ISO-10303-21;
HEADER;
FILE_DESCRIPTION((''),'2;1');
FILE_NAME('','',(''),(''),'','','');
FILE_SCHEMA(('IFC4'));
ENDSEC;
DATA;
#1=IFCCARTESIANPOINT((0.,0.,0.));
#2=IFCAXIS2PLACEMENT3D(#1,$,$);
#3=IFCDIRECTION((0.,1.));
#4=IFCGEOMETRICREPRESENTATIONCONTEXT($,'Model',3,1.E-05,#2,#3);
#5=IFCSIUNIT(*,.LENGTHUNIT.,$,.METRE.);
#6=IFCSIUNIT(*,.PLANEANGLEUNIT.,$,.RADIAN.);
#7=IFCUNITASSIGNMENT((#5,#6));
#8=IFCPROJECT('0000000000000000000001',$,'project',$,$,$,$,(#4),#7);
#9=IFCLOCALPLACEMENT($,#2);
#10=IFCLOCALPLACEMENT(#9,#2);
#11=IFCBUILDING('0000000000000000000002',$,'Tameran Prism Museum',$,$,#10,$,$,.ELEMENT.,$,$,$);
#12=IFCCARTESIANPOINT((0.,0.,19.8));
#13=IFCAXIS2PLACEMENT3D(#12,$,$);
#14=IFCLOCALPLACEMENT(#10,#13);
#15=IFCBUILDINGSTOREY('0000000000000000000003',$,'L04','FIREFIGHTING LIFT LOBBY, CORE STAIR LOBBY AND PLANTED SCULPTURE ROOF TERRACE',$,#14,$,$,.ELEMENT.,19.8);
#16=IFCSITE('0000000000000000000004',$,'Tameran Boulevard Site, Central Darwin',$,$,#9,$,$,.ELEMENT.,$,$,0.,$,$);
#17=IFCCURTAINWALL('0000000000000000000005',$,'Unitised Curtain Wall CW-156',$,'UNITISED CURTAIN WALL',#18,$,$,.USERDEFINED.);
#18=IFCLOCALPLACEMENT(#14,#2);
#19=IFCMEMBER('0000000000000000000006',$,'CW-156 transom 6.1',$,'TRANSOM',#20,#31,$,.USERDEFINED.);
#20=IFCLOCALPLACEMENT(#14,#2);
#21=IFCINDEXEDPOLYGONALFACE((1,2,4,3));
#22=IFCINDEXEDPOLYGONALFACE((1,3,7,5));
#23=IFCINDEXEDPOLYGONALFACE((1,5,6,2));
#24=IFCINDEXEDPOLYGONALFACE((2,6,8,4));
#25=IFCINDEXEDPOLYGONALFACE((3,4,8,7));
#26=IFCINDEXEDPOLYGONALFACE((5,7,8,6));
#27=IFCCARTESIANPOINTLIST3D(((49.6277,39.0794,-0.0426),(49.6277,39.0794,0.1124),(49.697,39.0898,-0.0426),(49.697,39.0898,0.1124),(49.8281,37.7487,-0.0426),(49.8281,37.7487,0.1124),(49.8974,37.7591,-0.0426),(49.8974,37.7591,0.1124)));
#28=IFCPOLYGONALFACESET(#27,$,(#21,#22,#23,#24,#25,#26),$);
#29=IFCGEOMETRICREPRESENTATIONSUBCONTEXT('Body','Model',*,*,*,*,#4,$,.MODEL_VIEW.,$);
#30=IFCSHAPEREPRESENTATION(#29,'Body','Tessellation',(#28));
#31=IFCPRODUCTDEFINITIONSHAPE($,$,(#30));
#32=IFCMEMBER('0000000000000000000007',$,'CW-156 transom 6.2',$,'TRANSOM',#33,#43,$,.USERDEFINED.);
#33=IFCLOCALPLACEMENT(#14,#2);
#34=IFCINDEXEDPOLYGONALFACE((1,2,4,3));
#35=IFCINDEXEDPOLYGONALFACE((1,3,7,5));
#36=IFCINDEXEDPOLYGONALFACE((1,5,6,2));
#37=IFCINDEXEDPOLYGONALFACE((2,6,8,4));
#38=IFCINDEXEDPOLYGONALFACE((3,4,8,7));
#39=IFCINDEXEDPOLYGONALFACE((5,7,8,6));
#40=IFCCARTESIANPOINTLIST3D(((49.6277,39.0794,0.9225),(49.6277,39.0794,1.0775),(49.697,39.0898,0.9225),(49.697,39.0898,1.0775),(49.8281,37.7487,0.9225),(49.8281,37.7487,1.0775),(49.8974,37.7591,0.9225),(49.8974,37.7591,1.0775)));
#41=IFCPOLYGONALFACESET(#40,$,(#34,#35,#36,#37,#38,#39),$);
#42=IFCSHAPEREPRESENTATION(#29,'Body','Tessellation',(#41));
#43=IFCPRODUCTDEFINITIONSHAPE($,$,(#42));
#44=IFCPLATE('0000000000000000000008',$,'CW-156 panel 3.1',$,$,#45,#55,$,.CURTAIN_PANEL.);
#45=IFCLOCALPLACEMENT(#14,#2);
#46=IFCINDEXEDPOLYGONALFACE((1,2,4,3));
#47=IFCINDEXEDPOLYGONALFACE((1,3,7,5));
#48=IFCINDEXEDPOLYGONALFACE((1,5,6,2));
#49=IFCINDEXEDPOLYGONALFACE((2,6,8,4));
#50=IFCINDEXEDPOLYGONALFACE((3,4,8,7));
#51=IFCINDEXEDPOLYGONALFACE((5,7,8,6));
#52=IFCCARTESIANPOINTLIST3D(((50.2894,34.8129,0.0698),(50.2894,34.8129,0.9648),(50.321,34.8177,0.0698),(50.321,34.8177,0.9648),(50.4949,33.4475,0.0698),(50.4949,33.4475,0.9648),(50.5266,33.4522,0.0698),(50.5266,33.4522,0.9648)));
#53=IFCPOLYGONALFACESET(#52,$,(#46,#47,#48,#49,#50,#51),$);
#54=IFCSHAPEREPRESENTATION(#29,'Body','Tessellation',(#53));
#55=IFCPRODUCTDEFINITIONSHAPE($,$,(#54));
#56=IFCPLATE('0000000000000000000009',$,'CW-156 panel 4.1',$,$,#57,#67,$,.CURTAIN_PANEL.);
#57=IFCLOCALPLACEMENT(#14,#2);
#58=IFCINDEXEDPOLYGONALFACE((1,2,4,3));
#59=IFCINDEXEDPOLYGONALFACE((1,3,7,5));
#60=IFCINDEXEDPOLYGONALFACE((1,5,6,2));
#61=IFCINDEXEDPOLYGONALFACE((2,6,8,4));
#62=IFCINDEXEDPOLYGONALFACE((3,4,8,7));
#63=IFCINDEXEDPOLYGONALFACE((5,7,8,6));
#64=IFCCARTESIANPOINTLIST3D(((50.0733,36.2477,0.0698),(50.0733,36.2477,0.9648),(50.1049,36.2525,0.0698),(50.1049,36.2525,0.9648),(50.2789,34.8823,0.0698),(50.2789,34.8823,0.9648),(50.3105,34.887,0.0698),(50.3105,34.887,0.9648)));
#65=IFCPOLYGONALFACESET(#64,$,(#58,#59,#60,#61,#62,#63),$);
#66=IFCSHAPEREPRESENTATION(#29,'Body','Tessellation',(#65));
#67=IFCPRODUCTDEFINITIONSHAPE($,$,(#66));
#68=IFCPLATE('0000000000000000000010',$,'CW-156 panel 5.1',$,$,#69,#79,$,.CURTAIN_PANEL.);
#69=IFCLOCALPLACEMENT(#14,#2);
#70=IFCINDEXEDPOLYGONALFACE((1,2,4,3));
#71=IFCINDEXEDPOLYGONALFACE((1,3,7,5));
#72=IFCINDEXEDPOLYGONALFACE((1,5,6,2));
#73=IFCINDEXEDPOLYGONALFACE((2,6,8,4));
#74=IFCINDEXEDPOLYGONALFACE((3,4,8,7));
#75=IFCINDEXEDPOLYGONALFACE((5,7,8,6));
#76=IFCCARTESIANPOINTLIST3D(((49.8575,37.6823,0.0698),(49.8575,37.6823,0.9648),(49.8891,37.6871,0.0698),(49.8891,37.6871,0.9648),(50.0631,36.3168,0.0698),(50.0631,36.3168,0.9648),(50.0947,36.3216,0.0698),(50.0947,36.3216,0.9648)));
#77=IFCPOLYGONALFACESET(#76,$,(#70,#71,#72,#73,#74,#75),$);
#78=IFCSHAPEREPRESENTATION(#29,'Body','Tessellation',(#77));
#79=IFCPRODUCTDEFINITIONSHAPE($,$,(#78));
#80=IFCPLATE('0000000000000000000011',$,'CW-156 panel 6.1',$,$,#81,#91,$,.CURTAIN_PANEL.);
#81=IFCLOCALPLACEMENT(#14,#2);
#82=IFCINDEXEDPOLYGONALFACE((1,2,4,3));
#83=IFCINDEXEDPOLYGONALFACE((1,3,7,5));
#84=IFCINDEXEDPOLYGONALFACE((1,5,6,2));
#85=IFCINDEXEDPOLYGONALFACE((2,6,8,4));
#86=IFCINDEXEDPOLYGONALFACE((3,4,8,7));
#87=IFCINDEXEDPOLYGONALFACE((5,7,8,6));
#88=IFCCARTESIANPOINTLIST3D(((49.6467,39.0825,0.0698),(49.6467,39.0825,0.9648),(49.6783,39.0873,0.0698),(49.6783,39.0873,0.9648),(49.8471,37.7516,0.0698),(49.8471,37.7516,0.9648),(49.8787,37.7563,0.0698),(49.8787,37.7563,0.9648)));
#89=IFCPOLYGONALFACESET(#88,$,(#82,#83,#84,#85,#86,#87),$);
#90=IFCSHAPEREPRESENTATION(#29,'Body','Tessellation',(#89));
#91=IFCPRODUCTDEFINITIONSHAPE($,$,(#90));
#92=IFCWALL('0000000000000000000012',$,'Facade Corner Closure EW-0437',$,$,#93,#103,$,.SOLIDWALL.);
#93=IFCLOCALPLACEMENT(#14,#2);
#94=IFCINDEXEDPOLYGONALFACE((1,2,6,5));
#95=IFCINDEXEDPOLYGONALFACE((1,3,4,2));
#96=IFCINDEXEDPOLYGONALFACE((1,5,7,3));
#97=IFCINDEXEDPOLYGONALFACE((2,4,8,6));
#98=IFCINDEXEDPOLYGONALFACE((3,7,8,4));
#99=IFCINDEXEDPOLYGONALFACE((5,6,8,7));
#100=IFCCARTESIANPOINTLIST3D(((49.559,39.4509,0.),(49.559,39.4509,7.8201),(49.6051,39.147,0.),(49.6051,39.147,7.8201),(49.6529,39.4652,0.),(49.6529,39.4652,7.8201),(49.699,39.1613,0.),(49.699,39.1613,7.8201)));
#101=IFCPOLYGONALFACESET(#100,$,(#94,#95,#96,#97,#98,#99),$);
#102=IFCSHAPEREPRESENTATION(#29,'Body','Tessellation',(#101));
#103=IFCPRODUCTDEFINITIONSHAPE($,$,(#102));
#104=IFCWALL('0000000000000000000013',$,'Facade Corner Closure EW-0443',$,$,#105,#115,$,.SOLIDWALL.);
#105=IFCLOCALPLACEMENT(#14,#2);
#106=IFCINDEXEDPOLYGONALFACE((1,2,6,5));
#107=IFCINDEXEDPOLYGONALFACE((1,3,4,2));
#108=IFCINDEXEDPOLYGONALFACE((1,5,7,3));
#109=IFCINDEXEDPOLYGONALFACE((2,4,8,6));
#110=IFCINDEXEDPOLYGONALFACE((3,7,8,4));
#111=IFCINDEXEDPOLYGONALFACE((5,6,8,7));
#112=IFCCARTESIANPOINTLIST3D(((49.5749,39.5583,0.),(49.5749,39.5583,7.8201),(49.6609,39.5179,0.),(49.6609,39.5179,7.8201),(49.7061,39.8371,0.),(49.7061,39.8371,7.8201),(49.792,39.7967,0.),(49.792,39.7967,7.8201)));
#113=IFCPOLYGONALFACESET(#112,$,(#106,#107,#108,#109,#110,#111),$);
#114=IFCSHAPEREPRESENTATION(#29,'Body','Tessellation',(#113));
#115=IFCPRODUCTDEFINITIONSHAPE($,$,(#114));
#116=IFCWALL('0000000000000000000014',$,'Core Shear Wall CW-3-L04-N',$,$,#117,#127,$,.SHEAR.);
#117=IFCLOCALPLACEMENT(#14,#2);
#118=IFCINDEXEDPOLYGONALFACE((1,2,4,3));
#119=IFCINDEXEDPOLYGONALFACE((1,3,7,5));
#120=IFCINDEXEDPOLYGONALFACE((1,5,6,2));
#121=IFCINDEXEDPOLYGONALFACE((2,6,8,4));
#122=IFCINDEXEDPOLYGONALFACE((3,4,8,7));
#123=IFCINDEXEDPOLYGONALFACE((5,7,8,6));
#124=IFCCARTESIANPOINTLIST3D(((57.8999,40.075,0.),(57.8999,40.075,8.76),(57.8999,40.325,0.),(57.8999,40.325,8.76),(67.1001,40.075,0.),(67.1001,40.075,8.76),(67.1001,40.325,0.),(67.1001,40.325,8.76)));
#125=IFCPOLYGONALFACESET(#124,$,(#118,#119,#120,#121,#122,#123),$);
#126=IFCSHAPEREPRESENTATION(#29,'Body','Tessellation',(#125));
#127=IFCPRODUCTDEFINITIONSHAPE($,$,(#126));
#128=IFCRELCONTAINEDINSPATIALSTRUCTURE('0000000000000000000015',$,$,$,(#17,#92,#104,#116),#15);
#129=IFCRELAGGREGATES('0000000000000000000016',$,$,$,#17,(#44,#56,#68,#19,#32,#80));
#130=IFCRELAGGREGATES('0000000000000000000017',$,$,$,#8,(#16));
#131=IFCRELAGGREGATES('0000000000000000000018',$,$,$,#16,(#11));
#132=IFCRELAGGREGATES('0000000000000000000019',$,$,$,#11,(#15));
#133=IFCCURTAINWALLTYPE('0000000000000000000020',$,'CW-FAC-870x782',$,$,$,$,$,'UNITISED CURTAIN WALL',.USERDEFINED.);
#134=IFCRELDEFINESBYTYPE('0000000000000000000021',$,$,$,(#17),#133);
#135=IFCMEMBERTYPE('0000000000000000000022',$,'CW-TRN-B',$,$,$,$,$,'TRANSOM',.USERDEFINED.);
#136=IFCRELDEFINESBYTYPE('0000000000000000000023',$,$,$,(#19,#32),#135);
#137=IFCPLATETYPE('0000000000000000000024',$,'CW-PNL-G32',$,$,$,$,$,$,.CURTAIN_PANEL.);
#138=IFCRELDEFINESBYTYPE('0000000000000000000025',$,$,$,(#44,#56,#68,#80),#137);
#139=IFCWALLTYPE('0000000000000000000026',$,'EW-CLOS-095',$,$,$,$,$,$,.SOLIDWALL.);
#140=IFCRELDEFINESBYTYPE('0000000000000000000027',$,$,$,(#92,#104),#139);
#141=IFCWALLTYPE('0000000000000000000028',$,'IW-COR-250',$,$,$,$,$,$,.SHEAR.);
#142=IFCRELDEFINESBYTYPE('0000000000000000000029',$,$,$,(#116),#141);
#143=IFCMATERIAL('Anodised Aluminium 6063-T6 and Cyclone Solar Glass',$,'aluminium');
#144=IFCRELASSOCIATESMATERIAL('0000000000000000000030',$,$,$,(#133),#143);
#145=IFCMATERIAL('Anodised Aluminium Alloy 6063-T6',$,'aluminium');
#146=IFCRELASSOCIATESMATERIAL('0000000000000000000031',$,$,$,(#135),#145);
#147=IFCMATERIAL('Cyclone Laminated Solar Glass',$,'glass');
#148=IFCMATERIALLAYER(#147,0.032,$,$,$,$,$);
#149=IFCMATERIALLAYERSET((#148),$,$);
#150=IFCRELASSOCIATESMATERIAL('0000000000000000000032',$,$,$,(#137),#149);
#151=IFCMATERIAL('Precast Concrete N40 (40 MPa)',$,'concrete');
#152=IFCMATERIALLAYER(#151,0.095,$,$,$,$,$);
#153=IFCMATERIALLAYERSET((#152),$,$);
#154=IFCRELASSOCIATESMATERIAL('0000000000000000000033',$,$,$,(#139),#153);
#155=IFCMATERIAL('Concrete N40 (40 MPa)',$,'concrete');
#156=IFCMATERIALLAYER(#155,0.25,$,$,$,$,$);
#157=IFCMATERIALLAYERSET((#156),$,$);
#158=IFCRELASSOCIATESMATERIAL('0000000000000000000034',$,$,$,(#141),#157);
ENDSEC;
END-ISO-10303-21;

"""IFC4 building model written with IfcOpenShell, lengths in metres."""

from ifc_helpers import new_model, si_unit, direction, frame, frame_2d, origin, origin_2d, place, context, subcontext, project, spatial, rectangle, extrude, material, layer, layer_set, material_profile, profile_set, type_object, element, aggregate, save


model = new_model("IFC4")

# Units and contexts
model_context = context("Model", 3, precision=1e-05, world=origin(), true_north=direction((0.0, 1.0)))
body_context = subcontext(model_context, "Body", "Model", "MODEL_VIEW")
ifc_project = project(units=[si_unit("LENGTHUNIT", "METRE"), si_unit("PLANEANGLEUNIT", "RADIAN")], contexts=[model_context])

# Site, building, storey
site_placement = place(None, origin())
site = spatial("IfcSite", under=ifc_project, at=site_placement, Name="Tameran Boulevard Site, Central Darwin", CompositionType="ELEMENT", RefElevation=0.0)
building_placement = place(site_placement, origin())
building = spatial("IfcBuilding", under=site, at=building_placement, Name="Tameran Prism Museum", CompositionType="ELEMENT")
storey_placement = place(building_placement, frame((0.0, 0.0, 19.8)))
storey = spatial("IfcBuildingStorey", under=building, at=storey_placement, Name="L04", Description="FIREFIGHTING LIFT LOBBY, CORE STAIR LOBBY AND PLANTED SCULPTURE ROOF TERRACE", CompositionType="ELEMENT", Elevation=19.8)

# Curtain wall
ifc_material_1 = material(Name="Anodised Aluminium 6063-T6 and Cyclone Solar Glass", Category="aluminium")
curtain_wall_type_1 = type_object("IfcCurtainWallType", Name="CW-FAC-870x782", ElementType="UNITISED CURTAIN WALL", PredefinedType="USERDEFINED", material=ifc_material_1)
curtain_wall_1_placement = place(storey_placement, origin())
curtain_wall_1 = element("IfcCurtainWall", 1, at=curtain_wall_1_placement, inside=storey, type_object=curtain_wall_type_1, Name="Unitised Curtain Wall CW-156", ObjectType="UNITISED CURTAIN WALL", PredefinedType="USERDEFINED")

# Members
ifc_material_2 = material(Name="Anodised Aluminium Alloy 6063-T6", Category="aluminium")
ifc_material_profile_1 = material_profile(ifc_material_2, rectangle(XDim=0.0701, YDim=0.155, at=origin_2d()))
ifc_profile_set_1 = profile_set([ifc_material_profile_1])
member_type_1 = type_object("IfcMemberType", Name="CW-TRN-B", ElementType="TRANSOM", PredefinedType="USERDEFINED", material=ifc_profile_set_1)
member_1_placement = place(storey_placement, frame((49.8628, 37.7539, 0.0349), z_axis=(-0.148935, 0.988847, 0.0), x_axis=(-0.988847, -0.148935, 0.0)))
member_1 = element("IfcMember", 2, at=member_1_placement, type_object=member_type_1, Name="CW-156 transom 6.1", ObjectType="TRANSOM", PredefinedType="USERDEFINED", context=body_context, shape_type="SweptSolid", body=[
    extrude(rectangle(XDim=0.0701, YDim=0.155, at=origin_2d()), origin(), (0.0, 0.0, 1.0), 1.3457),
])
member_2_placement = place(storey_placement, frame((49.8628, 37.7539, 1.0), z_axis=(-0.148935, 0.988847, 0.0), x_axis=(-0.988847, -0.148935, 0.0)))
member_2 = element("IfcMember", 3, at=member_2_placement, type_object=member_type_1, Name="CW-156 transom 6.2", ObjectType="TRANSOM", PredefinedType="USERDEFINED", context=body_context, shape_type="SweptSolid", body=[
    extrude(rectangle(XDim=0.0701, YDim=0.155, at=origin_2d()), origin(), (0.0, 0.0, 1.0), 1.3457),
])

# Plates
ifc_material_3 = material(Name="Cyclone Laminated Solar Glass", Category="glass")
ifc_layer_1 = layer(ifc_material_3, 0.032)
ifc_layer_set_1 = layer_set([ifc_layer_1])
plate_type = type_object("IfcPlateType", Name="CW-PNL-G32", PredefinedType="CURTAIN_PANEL", material=ifc_layer_set_1)
plate_1_placement = place(storey_placement, frame((50.408, 34.1326, 0.0698), z_axis=(0.0, 0.0, 1.0), x_axis=(-0.14888, 0.988855, 0.0)))
plate_1 = element("IfcPlate", 4, at=plate_1_placement, type_object=plate_type, Name="CW-156 panel 3.1", PredefinedType="CURTAIN_PANEL", context=body_context, shape_type="SweptSolid", body=[
    extrude(rectangle(XDim=1.3809, YDim=0.032, at=origin_2d()), origin(), (0.0, 0.0, 1.0), 0.895),
])
plate_2_placement = place(storey_placement, frame((50.1919, 35.5674, 0.0698), z_axis=(0.0, 0.0, 1.0), x_axis=(-0.14888, 0.988855, 0.0)))
plate_2 = element("IfcPlate", 5, at=plate_2_placement, type_object=plate_type, Name="CW-156 panel 4.1", PredefinedType="CURTAIN_PANEL", context=body_context, shape_type="SweptSolid", body=[
    extrude(rectangle(XDim=1.3809, YDim=0.032, at=origin_2d()), origin(), (0.0, 0.0, 1.0), 0.895),
])
plate_3_placement = place(storey_placement, frame((49.9761, 37.002, 0.0698), z_axis=(0.0, 0.0, 1.0), x_axis=(-0.14888, 0.988855, 0.0)))
plate_3 = element("IfcPlate", 6, at=plate_3_placement, type_object=plate_type, Name="CW-156 panel 5.1", PredefinedType="CURTAIN_PANEL", context=body_context, shape_type="SweptSolid", body=[
    extrude(rectangle(XDim=1.3809, YDim=0.032, at=origin_2d()), origin(), (0.0, 0.0, 1.0), 0.895),
])
plate_4_placement = place(storey_placement, frame((49.7627, 38.4194, 0.0698), z_axis=(0.0, 0.0, 1.0), x_axis=(-0.14888, 0.988855, 0.0)))
plate_4 = element("IfcPlate", 7, at=plate_4_placement, type_object=plate_type, Name="CW-156 panel 6.1", PredefinedType="CURTAIN_PANEL", context=body_context, shape_type="SweptSolid", body=[
    extrude(rectangle(XDim=1.3459, YDim=0.032, at=origin_2d()), origin(), (0.0, 0.0, 1.0), 0.895),
])
aggregate(curtain_wall_1, [plate_1, plate_2, plate_3, member_1, member_2, plate_4])

# Walls
ifc_material_4 = material(Name="Precast Concrete N40 (40 MPa)", Category="concrete")
ifc_layer_2 = layer(ifc_material_4, 0.095)
ifc_layer_set_2 = layer_set([ifc_layer_2])
wall_type_1 = type_object("IfcWallType", Name="EW-CLOS-095", PredefinedType="SOLIDWALL", material=ifc_layer_set_2)
wall_1_placement = place(storey_placement, frame((49.6521, 39.1541, 0.0), z_axis=(0.0, 0.0, 1.0), x_axis=(-0.150088, 0.988673, 0.0)))
element("IfcWall", 8, at=wall_1_placement, inside=storey, type_object=wall_type_1, Name="Facade Corner Closure EW-0437", PredefinedType="SOLIDWALL", context=body_context, shape_type="SweptSolid", body=[
    extrude(rectangle(XDim=0.3074, YDim=0.095, at=frame_2d((0.1538, 0.0))), origin(), (0.0, 0.0, 1.0), 7.8201),
])
wall_2_placement = place(storey_placement, frame((49.6179, 39.5381, 0.0), z_axis=(0.0, 0.0, 1.0), x_axis=(0.42553, 0.904944, 0.0)))
element("IfcWall", 9, at=wall_2_placement, inside=storey, type_object=wall_type_1, Name="Facade Corner Closure EW-0443", PredefinedType="SOLIDWALL", context=body_context, shape_type="SweptSolid", body=[
    extrude(rectangle(XDim=0.3081, YDim=0.095, at=frame_2d((0.1541, 0.0))), origin(), (0.0, 0.0, 1.0), 7.8201),
])
ifc_material_5 = material(Name="Concrete N40 (40 MPa)", Category="concrete")
ifc_layer_3 = layer(ifc_material_5, 0.25)
ifc_layer_set_3 = layer_set([ifc_layer_3])
wall_type_2 = type_object("IfcWallType", Name="IW-COR-250", PredefinedType="SHEAR", material=ifc_layer_set_3)
wall_3_placement = place(storey_placement, frame((57.8999, 40.2, 0.0), z_axis=(0.0, 0.0, 1.0), x_axis=(1.0, 0.0, 0.0)))
element("IfcWall", 10, at=wall_3_placement, inside=storey, type_object=wall_type_2, Name="Core Shear Wall CW-3-L04-N", PredefinedType="SHEAR", context=body_context, shape_type="SweptSolid", body=[
    extrude(rectangle(XDim=9.2002, YDim=0.25, at=frame_2d((4.6001, 0.0))), origin(), (0.0, 0.0, 1.0), 8.76),
])

save(model, "model.ifc")
